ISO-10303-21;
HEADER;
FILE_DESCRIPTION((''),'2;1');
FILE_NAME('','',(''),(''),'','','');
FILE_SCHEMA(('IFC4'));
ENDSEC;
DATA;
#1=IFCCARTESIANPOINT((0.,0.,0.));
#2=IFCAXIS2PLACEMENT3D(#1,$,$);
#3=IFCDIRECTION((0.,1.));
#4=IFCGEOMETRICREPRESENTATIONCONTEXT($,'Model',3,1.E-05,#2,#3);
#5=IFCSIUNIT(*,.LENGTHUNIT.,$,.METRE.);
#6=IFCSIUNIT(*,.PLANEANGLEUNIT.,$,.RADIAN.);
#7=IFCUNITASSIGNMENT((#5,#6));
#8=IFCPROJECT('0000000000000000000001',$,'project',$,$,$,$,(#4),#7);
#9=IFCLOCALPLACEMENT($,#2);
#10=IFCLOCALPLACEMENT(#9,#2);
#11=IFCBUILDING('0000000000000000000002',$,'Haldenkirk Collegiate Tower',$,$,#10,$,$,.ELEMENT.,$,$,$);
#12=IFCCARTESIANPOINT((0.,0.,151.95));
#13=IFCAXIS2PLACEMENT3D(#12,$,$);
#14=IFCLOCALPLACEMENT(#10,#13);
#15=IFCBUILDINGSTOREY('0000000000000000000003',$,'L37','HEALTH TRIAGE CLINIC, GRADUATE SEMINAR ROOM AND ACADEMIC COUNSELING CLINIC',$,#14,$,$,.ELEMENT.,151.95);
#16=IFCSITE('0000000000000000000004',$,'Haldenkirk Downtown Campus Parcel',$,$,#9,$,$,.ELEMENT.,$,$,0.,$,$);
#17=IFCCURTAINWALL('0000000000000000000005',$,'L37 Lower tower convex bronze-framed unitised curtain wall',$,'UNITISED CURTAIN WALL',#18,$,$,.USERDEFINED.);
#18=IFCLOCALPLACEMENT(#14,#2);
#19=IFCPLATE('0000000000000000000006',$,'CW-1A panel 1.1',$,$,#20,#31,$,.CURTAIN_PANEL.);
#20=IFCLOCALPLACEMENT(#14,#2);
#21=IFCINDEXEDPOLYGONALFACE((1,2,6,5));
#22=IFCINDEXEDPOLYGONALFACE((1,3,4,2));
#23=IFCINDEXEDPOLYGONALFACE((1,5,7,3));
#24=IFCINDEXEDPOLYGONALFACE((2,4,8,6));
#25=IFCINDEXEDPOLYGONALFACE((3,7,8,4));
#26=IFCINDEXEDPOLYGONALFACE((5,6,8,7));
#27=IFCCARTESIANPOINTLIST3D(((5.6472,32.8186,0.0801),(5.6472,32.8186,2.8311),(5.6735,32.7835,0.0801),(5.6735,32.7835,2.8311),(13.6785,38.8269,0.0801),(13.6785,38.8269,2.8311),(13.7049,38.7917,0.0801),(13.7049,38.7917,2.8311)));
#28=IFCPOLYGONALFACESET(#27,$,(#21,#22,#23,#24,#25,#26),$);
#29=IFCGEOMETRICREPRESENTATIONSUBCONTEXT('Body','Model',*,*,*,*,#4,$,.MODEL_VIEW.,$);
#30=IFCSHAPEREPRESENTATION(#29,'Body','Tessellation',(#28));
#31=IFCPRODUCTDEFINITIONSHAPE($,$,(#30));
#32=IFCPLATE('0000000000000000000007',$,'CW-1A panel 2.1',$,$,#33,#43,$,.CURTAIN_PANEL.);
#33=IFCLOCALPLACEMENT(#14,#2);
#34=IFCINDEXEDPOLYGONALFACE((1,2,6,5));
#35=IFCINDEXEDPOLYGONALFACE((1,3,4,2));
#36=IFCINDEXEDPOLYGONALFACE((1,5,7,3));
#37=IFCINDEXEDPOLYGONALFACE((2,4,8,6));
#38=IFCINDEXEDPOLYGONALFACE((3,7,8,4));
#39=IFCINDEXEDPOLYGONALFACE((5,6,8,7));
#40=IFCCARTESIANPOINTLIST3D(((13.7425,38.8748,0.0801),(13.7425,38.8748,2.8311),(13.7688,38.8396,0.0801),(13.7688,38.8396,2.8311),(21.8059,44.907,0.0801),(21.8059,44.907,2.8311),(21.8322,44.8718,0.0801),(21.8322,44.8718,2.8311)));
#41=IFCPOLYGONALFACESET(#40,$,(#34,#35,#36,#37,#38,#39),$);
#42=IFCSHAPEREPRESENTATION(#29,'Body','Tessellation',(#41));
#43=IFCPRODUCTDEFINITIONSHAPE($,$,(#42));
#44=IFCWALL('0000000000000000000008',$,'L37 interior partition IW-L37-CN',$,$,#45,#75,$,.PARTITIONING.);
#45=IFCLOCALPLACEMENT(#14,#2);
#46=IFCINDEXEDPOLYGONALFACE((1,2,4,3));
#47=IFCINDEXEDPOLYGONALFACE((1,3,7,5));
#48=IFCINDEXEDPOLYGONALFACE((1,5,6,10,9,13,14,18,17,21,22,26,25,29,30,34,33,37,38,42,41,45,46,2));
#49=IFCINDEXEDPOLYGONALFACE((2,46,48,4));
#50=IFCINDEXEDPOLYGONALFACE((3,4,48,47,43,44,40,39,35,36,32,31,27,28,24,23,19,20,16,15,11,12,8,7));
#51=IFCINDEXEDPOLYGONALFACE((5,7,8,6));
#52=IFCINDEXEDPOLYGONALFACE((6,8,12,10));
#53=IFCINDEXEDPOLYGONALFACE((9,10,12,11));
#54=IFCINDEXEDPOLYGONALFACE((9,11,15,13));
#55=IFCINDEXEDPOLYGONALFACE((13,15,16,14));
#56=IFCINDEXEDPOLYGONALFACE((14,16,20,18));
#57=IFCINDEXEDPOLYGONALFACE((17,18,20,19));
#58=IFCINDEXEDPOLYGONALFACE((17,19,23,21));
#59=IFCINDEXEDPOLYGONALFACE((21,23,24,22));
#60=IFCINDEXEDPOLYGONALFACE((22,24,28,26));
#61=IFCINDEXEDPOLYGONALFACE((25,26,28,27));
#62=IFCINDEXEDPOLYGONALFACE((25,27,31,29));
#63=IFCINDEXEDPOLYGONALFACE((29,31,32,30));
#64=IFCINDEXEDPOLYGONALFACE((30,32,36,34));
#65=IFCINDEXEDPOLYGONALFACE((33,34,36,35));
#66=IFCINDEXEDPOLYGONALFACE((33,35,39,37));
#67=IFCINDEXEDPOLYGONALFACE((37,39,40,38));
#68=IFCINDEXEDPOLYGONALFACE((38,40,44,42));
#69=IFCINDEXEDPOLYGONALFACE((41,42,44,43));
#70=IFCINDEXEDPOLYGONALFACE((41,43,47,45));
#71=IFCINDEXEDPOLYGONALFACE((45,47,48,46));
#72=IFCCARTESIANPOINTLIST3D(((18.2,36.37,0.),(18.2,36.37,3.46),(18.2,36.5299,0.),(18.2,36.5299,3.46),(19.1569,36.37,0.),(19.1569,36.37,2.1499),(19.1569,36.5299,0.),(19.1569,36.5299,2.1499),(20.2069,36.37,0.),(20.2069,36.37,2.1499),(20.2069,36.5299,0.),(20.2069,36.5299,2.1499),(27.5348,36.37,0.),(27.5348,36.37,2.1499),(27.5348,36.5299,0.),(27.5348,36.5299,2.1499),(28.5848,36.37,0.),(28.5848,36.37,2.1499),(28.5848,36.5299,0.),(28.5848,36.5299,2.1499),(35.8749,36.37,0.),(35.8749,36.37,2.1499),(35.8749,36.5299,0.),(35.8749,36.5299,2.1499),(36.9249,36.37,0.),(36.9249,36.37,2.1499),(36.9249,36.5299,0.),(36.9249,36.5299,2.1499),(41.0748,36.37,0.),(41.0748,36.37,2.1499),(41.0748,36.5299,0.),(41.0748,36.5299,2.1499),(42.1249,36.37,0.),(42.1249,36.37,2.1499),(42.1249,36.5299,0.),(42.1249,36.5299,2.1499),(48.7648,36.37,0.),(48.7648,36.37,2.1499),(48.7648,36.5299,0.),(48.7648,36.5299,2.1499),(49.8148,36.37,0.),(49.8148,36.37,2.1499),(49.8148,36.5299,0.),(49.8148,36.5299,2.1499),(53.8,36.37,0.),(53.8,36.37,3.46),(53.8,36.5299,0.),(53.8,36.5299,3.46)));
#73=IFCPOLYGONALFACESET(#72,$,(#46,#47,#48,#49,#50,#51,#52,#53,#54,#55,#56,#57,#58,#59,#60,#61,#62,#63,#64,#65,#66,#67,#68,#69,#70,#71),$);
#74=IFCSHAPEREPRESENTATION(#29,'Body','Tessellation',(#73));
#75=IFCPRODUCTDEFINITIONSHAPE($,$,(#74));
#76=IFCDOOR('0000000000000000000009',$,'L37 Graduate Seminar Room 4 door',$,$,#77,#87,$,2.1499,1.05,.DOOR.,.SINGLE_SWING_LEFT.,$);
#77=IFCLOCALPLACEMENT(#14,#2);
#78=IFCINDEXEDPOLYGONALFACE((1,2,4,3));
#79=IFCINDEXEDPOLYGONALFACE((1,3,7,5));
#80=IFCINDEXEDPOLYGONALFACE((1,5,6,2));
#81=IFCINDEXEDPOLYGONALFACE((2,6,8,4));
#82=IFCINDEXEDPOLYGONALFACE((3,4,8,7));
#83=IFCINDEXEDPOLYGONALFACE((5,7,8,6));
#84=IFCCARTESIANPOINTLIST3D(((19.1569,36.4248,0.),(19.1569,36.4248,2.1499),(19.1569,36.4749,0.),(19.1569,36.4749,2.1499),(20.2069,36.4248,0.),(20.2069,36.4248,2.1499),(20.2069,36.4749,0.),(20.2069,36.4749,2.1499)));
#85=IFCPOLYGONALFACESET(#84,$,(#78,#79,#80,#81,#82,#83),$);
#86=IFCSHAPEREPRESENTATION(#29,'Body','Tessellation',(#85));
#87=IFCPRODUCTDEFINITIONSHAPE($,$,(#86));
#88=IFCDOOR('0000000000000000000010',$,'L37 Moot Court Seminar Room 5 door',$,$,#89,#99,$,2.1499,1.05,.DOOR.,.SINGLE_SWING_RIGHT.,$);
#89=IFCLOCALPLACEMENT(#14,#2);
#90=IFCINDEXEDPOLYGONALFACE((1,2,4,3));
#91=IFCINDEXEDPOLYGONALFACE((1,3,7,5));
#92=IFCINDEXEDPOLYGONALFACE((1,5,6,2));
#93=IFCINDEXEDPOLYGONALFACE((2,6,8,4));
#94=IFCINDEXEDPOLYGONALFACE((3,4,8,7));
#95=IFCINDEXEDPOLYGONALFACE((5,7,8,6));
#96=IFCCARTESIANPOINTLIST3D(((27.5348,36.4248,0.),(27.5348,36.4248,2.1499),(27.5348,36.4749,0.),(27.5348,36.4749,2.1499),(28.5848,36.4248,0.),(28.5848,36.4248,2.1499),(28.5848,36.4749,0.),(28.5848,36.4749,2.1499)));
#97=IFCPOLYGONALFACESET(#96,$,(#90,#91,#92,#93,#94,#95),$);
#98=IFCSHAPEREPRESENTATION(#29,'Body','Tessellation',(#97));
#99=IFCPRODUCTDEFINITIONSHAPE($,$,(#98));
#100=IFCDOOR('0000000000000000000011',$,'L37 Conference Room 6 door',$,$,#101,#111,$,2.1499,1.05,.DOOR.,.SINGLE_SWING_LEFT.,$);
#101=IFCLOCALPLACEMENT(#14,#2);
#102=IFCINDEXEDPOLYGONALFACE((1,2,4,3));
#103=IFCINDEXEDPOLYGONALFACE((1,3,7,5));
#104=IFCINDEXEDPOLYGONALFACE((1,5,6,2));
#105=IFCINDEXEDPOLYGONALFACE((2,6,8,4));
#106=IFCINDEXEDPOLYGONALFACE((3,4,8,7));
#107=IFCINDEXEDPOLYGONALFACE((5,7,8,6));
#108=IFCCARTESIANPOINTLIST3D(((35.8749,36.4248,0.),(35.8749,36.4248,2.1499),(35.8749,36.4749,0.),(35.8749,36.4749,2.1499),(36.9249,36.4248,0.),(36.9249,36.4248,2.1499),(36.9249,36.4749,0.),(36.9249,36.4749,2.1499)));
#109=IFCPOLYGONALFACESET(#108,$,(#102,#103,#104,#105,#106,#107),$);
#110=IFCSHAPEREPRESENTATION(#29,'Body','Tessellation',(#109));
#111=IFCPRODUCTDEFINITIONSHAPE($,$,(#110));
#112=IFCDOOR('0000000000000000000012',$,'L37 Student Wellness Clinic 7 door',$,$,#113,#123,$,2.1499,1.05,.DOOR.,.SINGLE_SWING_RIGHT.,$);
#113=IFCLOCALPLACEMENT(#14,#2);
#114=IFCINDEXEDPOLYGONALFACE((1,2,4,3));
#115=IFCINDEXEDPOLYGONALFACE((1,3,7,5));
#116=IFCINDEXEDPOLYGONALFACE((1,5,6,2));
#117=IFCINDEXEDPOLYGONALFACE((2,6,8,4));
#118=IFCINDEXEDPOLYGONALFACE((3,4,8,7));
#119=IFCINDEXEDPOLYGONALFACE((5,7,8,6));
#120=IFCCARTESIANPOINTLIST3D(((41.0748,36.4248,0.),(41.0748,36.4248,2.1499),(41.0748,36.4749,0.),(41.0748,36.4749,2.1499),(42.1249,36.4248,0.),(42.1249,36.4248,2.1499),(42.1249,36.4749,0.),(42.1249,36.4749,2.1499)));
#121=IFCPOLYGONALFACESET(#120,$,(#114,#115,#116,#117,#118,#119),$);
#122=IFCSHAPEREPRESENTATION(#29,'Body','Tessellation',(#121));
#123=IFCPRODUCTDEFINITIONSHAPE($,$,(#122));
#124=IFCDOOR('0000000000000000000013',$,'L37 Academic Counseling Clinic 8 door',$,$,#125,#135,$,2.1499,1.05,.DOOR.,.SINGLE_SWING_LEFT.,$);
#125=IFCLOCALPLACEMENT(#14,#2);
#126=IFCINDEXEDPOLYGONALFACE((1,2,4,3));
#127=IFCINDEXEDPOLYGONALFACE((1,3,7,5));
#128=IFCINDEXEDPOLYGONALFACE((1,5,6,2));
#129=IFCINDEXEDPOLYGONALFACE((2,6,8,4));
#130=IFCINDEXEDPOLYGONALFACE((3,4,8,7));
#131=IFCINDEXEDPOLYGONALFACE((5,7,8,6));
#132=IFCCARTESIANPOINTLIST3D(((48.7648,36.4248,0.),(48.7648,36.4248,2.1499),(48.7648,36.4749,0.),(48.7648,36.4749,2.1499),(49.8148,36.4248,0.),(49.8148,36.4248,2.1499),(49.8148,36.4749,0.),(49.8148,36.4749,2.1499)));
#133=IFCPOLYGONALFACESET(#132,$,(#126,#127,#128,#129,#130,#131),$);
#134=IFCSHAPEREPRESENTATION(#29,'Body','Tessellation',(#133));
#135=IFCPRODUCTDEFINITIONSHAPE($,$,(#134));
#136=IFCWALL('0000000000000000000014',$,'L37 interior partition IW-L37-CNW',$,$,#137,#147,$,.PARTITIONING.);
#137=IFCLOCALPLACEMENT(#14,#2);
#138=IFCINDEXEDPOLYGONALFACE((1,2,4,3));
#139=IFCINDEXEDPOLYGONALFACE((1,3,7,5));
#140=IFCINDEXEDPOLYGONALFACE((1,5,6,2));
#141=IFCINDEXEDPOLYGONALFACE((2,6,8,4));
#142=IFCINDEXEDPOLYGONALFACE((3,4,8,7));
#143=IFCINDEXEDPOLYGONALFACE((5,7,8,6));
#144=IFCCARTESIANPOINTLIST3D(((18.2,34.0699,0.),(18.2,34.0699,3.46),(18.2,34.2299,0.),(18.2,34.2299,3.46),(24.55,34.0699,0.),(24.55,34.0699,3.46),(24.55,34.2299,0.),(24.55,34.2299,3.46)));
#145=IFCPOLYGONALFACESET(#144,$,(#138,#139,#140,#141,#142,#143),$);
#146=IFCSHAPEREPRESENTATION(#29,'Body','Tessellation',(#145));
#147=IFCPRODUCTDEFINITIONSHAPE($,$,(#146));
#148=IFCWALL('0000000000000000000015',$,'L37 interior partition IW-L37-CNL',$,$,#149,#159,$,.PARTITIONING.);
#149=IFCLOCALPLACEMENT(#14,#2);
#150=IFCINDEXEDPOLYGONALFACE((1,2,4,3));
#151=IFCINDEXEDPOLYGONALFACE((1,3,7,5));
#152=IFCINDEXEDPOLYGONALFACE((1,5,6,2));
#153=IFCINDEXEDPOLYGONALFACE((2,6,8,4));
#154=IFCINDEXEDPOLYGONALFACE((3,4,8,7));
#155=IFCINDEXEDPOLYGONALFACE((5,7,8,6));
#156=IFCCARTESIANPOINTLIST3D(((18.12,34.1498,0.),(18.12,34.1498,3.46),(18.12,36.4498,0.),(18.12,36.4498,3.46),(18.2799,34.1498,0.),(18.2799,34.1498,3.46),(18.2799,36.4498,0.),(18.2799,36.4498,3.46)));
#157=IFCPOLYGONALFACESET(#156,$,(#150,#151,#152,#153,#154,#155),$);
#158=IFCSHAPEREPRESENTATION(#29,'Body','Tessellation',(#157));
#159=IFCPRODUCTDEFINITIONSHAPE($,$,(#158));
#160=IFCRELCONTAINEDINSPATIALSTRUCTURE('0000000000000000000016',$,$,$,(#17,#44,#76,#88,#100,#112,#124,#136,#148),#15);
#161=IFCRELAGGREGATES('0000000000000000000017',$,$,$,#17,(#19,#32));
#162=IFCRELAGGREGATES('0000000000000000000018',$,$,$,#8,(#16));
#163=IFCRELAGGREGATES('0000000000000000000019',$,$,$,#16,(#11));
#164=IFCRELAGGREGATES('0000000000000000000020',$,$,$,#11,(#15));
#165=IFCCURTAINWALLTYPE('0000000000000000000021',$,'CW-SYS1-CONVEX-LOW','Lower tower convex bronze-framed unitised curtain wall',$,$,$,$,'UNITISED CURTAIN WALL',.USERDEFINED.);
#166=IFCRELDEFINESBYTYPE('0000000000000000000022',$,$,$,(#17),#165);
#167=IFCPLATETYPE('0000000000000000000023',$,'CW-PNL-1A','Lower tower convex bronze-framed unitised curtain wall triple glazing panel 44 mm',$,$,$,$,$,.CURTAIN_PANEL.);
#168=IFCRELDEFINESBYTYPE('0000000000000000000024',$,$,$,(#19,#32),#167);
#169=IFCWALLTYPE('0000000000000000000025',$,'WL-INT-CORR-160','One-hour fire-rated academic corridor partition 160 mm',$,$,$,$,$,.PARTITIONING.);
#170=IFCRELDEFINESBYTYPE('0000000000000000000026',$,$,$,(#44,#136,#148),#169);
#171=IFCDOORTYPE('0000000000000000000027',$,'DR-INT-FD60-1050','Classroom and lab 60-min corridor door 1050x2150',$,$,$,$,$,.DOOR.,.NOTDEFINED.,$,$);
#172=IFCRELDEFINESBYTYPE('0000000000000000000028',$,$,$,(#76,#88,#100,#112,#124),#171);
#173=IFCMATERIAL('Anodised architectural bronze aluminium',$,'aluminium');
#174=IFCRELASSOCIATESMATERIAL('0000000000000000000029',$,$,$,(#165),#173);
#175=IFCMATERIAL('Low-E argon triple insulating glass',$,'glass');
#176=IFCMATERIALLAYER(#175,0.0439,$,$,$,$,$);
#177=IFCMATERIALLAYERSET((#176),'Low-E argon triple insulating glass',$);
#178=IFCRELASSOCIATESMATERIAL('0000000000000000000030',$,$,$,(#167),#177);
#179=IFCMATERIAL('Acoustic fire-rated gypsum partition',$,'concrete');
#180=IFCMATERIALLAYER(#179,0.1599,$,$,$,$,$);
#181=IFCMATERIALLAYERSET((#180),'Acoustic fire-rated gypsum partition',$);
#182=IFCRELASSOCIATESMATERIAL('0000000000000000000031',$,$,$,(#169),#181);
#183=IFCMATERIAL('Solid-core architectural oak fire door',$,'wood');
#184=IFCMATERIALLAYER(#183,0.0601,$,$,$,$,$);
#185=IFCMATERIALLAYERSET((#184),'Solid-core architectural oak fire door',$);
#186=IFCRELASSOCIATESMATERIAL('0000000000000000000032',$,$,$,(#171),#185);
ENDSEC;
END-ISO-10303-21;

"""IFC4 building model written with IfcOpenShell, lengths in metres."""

from ifc_helpers import new_model, si_unit, direction, frame, frame_2d, origin, origin_2d, place, context, subcontext, project, spatial, rectangle, extrude, source, transform, mapped, material, layer, layer_set, type_object, element, fill, aggregate, save


model = new_model("IFC4")

# Units and contexts
model_context = context("Model", 3, precision=1e-05, world=origin(), true_north=direction((0.0, 1.0)))
body_context = subcontext(model_context, "Body", "Model", "MODEL_VIEW")
ifc_project = project(units=[si_unit("LENGTHUNIT", "METRE"), si_unit("PLANEANGLEUNIT", "RADIAN")], contexts=[model_context])

# Site, building, storey
site_placement = place(None, origin())
site = spatial("IfcSite", under=ifc_project, at=site_placement, Name="Haldenkirk Downtown Campus Parcel", CompositionType="ELEMENT", RefElevation=0.0)
building_placement = place(site_placement, origin())
building = spatial("IfcBuilding", under=site, at=building_placement, Name="Haldenkirk Collegiate Tower", CompositionType="ELEMENT")
storey_placement = place(building_placement, frame((0.0, 0.0, 151.95)))
storey = spatial("IfcBuildingStorey", under=building, at=storey_placement, Name="L37", Description="HEALTH TRIAGE CLINIC, GRADUATE SEMINAR ROOM AND ACADEMIC COUNSELING CLINIC", CompositionType="ELEMENT", Elevation=151.95)

# Curtain wall, plates
ifc_material_1 = material(Name="Anodised architectural bronze aluminium", Category="aluminium")
curtain_wall_type = type_object("IfcCurtainWallType", Name="CW-SYS1-CONVEX-LOW", Description="Lower tower convex bronze-framed unitised curtain wall", ElementType="UNITISED CURTAIN WALL", PredefinedType="USERDEFINED", material=ifc_material_1)
curtain_wall_placement = place(storey_placement, origin())
curtain_wall = element("IfcCurtainWall", 1, at=curtain_wall_placement, inside=storey, type_object=curtain_wall_type, Name="L37 Lower tower convex bronze-framed unitised curtain wall", ObjectType="UNITISED CURTAIN WALL", PredefinedType="USERDEFINED")
ifc_material_2 = material(Name="Low-E argon triple insulating glass", Category="glass")
ifc_layer_1 = layer(ifc_material_2, 0.0439)
ifc_layer_set_1 = layer_set([ifc_layer_1], Name="Low-E argon triple insulating glass")
plate_type = type_object("IfcPlateType", Name="CW-PNL-1A", Description="Lower tower convex bronze-framed unitised curtain wall triple glazing panel 44 mm", PredefinedType="CURTAIN_PANEL", material=ifc_layer_set_1)
shared_shape_1 = source(origin(), body_context, "Body", "SweptSolid", [
    extrude(rectangle(XDim=10.03, YDim=0.0439, at=origin_2d()), origin(), (0.0, 0.0, 1.0), 2.751),
])
plate_1_placement = place(storey_placement, frame((9.676, 35.8052, 0.0801), z_axis=(0.0, 0.0, 1.0), x_axis=(0.80073, 0.599025, 0.0)))
plate_1 = element("IfcPlate", 2, at=plate_1_placement, type_object=plate_type, Name="CW-1A panel 1.1", PredefinedType="CURTAIN_PANEL", context=body_context, shape_type="MappedRepresentation", body=[
    mapped(shared_shape_1, transform((0.0, 0.0, 0.0), x_axis=(1.0, 0.0, 0.0), y_axis=(0.0, 1.0, 0.0), z_axis=(0.0, 0.0, 1.0), scale=1.0)),
])
shared_shape_2 = source(origin(), body_context, "Body", "SweptSolid", [
    extrude(rectangle(XDim=10.0701, YDim=0.0439, at=origin_2d()), origin(), (0.0, 0.0, 1.0), 2.751),
])
plate_2_placement = place(storey_placement, frame((17.7874, 41.8733, 0.0801), z_axis=(0.0, 0.0, 1.0), x_axis=(0.80073, 0.599025, 0.0)))
plate_2 = element("IfcPlate", 3, at=plate_2_placement, type_object=plate_type, Name="CW-1A panel 2.1", PredefinedType="CURTAIN_PANEL", context=body_context, shape_type="MappedRepresentation", body=[
    mapped(shared_shape_2, transform((0.0, 0.0, 0.0), x_axis=(1.0, 0.0, 0.0), y_axis=(0.0, 1.0, 0.0), z_axis=(0.0, 0.0, 1.0), scale=1.0)),
])
aggregate(curtain_wall, [plate_1, plate_2])

# Wall, openings, doors
ifc_material_3 = material(Name="Acoustic fire-rated gypsum partition", Category="concrete")
ifc_layer_2 = layer(ifc_material_3, 0.1599)
ifc_layer_set_2 = layer_set([ifc_layer_2], Name="Acoustic fire-rated gypsum partition")
wall_type_1 = type_object("IfcWallType", Name="WL-INT-CORR-160", Description="One-hour fire-rated academic corridor partition 160 mm", PredefinedType="PARTITIONING", material=ifc_layer_set_2)
wall_1_placement = place(storey_placement, frame((18.2, 36.45, 0.0), z_axis=(0.0, 0.0, 1.0), x_axis=(1.0, 0.0, 0.0)))
wall_1 = element("IfcWall", 4, at=wall_1_placement, inside=storey, type_object=wall_type_1, Name="L37 interior partition IW-L37-CN", PredefinedType="PARTITIONING", context=body_context, shape_type="SweptSolid", body=[
    extrude(rectangle(XDim=35.6001, YDim=0.1599, at=frame_2d((17.8, 0.0))), origin(), (0.0, 0.0, 1.0), 3.46),
])
opening_1_placement = place(wall_1_placement, frame((0.957, 0.0, 0.0)))
opening_1 = element("IfcOpeningElement", 5, at=opening_1_placement, cuts=wall_1, PredefinedType="OPENING", context=body_context, shape_type="SweptSolid", body=[
    extrude(rectangle(XDim=1.05, YDim=2.1499, at=frame_2d((0.5249, 1.075))), frame((0.0, 0.0898, 0.0), z_axis=(0.0, -1.0, 0.0), x_axis=(1.0, 0.0, 0.0)), (0.0, 0.0, 1.0), 0.1799),
])
opening_2_placement = place(wall_1_placement, frame((9.335, 0.0, 0.0)))
opening_2 = element("IfcOpeningElement", 6, at=opening_2_placement, cuts=wall_1, PredefinedType="OPENING", context=body_context, shape_type="SweptSolid", body=[
    extrude(rectangle(XDim=1.05, YDim=2.1499, at=frame_2d((0.5249, 1.075))), frame((0.0, 0.0898, 0.0), z_axis=(0.0, -1.0, 0.0), x_axis=(1.0, 0.0, 0.0)), (0.0, 0.0, 1.0), 0.1799),
])
opening_3_placement = place(wall_1_placement, frame((17.675, 0.0, 0.0)))
opening_3 = element("IfcOpeningElement", 7, at=opening_3_placement, cuts=wall_1, PredefinedType="OPENING", context=body_context, shape_type="SweptSolid", body=[
    extrude(rectangle(XDim=1.05, YDim=2.1499, at=frame_2d((0.5249, 1.075))), frame((0.0, 0.0898, 0.0), z_axis=(0.0, -1.0, 0.0), x_axis=(1.0, 0.0, 0.0)), (0.0, 0.0, 1.0), 0.1799),
])
opening_4_placement = place(wall_1_placement, frame((22.875, 0.0, 0.0)))
opening_4 = element("IfcOpeningElement", 8, at=opening_4_placement, cuts=wall_1, PredefinedType="OPENING", context=body_context, shape_type="SweptSolid", body=[
    extrude(rectangle(XDim=1.05, YDim=2.1499, at=frame_2d((0.5249, 1.075))), frame((0.0, 0.0898, 0.0), z_axis=(0.0, -1.0, 0.0), x_axis=(1.0, 0.0, 0.0)), (0.0, 0.0, 1.0), 0.1799),
])
opening_5_placement = place(wall_1_placement, frame((30.5649, 0.0, 0.0)))
opening_5 = element("IfcOpeningElement", 9, at=opening_5_placement, cuts=wall_1, PredefinedType="OPENING", context=body_context, shape_type="SweptSolid", body=[
    extrude(rectangle(XDim=1.05, YDim=2.1499, at=frame_2d((0.5249, 1.075))), frame((0.0, 0.0898, 0.0), z_axis=(0.0, -1.0, 0.0), x_axis=(1.0, 0.0, 0.0)), (0.0, 0.0, 1.0), 0.1799),
])
ifc_material_4 = material(Name="Solid-core architectural oak fire door", Category="wood")
ifc_layer_3 = layer(ifc_material_4, 0.0601)
ifc_layer_set_3 = layer_set([ifc_layer_3], Name="Solid-core architectural oak fire door")
door_type = type_object("IfcDoorType", Name="DR-INT-FD60-1050", Description="Classroom and lab 60-min corridor door 1050x2150", OperationType="NOTDEFINED", PredefinedType="DOOR", material=ifc_layer_set_3)
door_1_placement = place(opening_1_placement, origin())
door_1 = element("IfcDoor", 10, at=door_1_placement, inside=storey, type_object=door_type, Name="L37 Graduate Seminar Room 4 door", OperationType="SINGLE_SWING_LEFT", OverallHeight=2.1499, OverallWidth=1.05, PredefinedType="DOOR", context=body_context, shape_type="SweptSolid", body=[
    extrude(rectangle(XDim=1.05, YDim=2.1499, at=frame_2d((0.5249, 1.075))), frame((0.0, 0.0249, 0.0), z_axis=(0.0, -1.0, 0.0), x_axis=(1.0, 0.0, 0.0)), (0.0, 0.0, 1.0), 0.05),
])
fill(opening_1, door_1)
door_2_placement = place(opening_2_placement, origin())
door_2 = element("IfcDoor", 11, at=door_2_placement, inside=storey, type_object=door_type, Name="L37 Moot Court Seminar Room 5 door", OperationType="SINGLE_SWING_RIGHT", OverallHeight=2.1499, OverallWidth=1.05, PredefinedType="DOOR", context=body_context, shape_type="SweptSolid", body=[
    extrude(rectangle(XDim=1.05, YDim=2.1499, at=frame_2d((0.5249, 1.075))), frame((0.0, 0.0249, 0.0), z_axis=(0.0, -1.0, 0.0), x_axis=(1.0, 0.0, 0.0)), (0.0, 0.0, 1.0), 0.05),
])
fill(opening_2, door_2)
door_3_placement = place(opening_3_placement, origin())
door_3 = element("IfcDoor", 12, at=door_3_placement, inside=storey, type_object=door_type, Name="L37 Conference Room 6 door", OperationType="SINGLE_SWING_LEFT", OverallHeight=2.1499, OverallWidth=1.05, PredefinedType="DOOR", context=body_context, shape_type="SweptSolid", body=[
    extrude(rectangle(XDim=1.05, YDim=2.1499, at=frame_2d((0.5249, 1.075))), frame((0.0, 0.0249, 0.0), z_axis=(0.0, -1.0, 0.0), x_axis=(1.0, 0.0, 0.0)), (0.0, 0.0, 1.0), 0.05),
])
fill(opening_3, door_3)
door_4_placement = place(opening_4_placement, origin())
door_4 = element("IfcDoor", 13, at=door_4_placement, inside=storey, type_object=door_type, Name="L37 Student Wellness Clinic 7 door", OperationType="SINGLE_SWING_RIGHT", OverallHeight=2.1499, OverallWidth=1.05, PredefinedType="DOOR", context=body_context, shape_type="SweptSolid", body=[
    extrude(rectangle(XDim=1.05, YDim=2.1499, at=frame_2d((0.5249, 1.075))), frame((0.0, 0.0249, 0.0), z_axis=(0.0, -1.0, 0.0), x_axis=(1.0, 0.0, 0.0)), (0.0, 0.0, 1.0), 0.05),
])
fill(opening_4, door_4)
door_5_placement = place(opening_5_placement, origin())
door_5 = element("IfcDoor", 14, at=door_5_placement, inside=storey, type_object=door_type, Name="L37 Academic Counseling Clinic 8 door", OperationType="SINGLE_SWING_LEFT", OverallHeight=2.1499, OverallWidth=1.05, PredefinedType="DOOR", context=body_context, shape_type="SweptSolid", body=[
    extrude(rectangle(XDim=1.05, YDim=2.1499, at=frame_2d((0.5249, 1.075))), frame((0.0, 0.0249, 0.0), z_axis=(0.0, -1.0, 0.0), x_axis=(1.0, 0.0, 0.0)), (0.0, 0.0, 1.0), 0.05),
])
fill(opening_5, door_5)

# Walls
wall_2_placement = place(storey_placement, frame((18.2, 34.1499, 0.0), z_axis=(0.0, 0.0, 1.0), x_axis=(1.0, 0.0, 0.0)))
element("IfcWall", 15, at=wall_2_placement, inside=storey, type_object=wall_type_1, Name="L37 interior partition IW-L37-CNW", PredefinedType="PARTITIONING", context=body_context, shape_type="SweptSolid", body=[
    extrude(rectangle(XDim=6.3501, YDim=0.1599, at=frame_2d((3.175, 0.0))), origin(), (0.0, 0.0, 1.0), 3.46),
])
wall_3_placement = place(storey_placement, frame((18.2, 34.1499, 0.0), z_axis=(0.0, 0.0, 1.0), x_axis=(0.0, 1.0, 0.0)))
element("IfcWall", 16, at=wall_3_placement, inside=storey, type_object=wall_type_1, Name="L37 interior partition IW-L37-CNL", PredefinedType="PARTITIONING", context=body_context, shape_type="SweptSolid", body=[
    extrude(rectangle(XDim=2.3, YDim=0.1599, at=frame_2d((1.1499, 0.0))), origin(), (0.0, 0.0, 1.0), 3.46),
])

save(model, "model.ifc")
